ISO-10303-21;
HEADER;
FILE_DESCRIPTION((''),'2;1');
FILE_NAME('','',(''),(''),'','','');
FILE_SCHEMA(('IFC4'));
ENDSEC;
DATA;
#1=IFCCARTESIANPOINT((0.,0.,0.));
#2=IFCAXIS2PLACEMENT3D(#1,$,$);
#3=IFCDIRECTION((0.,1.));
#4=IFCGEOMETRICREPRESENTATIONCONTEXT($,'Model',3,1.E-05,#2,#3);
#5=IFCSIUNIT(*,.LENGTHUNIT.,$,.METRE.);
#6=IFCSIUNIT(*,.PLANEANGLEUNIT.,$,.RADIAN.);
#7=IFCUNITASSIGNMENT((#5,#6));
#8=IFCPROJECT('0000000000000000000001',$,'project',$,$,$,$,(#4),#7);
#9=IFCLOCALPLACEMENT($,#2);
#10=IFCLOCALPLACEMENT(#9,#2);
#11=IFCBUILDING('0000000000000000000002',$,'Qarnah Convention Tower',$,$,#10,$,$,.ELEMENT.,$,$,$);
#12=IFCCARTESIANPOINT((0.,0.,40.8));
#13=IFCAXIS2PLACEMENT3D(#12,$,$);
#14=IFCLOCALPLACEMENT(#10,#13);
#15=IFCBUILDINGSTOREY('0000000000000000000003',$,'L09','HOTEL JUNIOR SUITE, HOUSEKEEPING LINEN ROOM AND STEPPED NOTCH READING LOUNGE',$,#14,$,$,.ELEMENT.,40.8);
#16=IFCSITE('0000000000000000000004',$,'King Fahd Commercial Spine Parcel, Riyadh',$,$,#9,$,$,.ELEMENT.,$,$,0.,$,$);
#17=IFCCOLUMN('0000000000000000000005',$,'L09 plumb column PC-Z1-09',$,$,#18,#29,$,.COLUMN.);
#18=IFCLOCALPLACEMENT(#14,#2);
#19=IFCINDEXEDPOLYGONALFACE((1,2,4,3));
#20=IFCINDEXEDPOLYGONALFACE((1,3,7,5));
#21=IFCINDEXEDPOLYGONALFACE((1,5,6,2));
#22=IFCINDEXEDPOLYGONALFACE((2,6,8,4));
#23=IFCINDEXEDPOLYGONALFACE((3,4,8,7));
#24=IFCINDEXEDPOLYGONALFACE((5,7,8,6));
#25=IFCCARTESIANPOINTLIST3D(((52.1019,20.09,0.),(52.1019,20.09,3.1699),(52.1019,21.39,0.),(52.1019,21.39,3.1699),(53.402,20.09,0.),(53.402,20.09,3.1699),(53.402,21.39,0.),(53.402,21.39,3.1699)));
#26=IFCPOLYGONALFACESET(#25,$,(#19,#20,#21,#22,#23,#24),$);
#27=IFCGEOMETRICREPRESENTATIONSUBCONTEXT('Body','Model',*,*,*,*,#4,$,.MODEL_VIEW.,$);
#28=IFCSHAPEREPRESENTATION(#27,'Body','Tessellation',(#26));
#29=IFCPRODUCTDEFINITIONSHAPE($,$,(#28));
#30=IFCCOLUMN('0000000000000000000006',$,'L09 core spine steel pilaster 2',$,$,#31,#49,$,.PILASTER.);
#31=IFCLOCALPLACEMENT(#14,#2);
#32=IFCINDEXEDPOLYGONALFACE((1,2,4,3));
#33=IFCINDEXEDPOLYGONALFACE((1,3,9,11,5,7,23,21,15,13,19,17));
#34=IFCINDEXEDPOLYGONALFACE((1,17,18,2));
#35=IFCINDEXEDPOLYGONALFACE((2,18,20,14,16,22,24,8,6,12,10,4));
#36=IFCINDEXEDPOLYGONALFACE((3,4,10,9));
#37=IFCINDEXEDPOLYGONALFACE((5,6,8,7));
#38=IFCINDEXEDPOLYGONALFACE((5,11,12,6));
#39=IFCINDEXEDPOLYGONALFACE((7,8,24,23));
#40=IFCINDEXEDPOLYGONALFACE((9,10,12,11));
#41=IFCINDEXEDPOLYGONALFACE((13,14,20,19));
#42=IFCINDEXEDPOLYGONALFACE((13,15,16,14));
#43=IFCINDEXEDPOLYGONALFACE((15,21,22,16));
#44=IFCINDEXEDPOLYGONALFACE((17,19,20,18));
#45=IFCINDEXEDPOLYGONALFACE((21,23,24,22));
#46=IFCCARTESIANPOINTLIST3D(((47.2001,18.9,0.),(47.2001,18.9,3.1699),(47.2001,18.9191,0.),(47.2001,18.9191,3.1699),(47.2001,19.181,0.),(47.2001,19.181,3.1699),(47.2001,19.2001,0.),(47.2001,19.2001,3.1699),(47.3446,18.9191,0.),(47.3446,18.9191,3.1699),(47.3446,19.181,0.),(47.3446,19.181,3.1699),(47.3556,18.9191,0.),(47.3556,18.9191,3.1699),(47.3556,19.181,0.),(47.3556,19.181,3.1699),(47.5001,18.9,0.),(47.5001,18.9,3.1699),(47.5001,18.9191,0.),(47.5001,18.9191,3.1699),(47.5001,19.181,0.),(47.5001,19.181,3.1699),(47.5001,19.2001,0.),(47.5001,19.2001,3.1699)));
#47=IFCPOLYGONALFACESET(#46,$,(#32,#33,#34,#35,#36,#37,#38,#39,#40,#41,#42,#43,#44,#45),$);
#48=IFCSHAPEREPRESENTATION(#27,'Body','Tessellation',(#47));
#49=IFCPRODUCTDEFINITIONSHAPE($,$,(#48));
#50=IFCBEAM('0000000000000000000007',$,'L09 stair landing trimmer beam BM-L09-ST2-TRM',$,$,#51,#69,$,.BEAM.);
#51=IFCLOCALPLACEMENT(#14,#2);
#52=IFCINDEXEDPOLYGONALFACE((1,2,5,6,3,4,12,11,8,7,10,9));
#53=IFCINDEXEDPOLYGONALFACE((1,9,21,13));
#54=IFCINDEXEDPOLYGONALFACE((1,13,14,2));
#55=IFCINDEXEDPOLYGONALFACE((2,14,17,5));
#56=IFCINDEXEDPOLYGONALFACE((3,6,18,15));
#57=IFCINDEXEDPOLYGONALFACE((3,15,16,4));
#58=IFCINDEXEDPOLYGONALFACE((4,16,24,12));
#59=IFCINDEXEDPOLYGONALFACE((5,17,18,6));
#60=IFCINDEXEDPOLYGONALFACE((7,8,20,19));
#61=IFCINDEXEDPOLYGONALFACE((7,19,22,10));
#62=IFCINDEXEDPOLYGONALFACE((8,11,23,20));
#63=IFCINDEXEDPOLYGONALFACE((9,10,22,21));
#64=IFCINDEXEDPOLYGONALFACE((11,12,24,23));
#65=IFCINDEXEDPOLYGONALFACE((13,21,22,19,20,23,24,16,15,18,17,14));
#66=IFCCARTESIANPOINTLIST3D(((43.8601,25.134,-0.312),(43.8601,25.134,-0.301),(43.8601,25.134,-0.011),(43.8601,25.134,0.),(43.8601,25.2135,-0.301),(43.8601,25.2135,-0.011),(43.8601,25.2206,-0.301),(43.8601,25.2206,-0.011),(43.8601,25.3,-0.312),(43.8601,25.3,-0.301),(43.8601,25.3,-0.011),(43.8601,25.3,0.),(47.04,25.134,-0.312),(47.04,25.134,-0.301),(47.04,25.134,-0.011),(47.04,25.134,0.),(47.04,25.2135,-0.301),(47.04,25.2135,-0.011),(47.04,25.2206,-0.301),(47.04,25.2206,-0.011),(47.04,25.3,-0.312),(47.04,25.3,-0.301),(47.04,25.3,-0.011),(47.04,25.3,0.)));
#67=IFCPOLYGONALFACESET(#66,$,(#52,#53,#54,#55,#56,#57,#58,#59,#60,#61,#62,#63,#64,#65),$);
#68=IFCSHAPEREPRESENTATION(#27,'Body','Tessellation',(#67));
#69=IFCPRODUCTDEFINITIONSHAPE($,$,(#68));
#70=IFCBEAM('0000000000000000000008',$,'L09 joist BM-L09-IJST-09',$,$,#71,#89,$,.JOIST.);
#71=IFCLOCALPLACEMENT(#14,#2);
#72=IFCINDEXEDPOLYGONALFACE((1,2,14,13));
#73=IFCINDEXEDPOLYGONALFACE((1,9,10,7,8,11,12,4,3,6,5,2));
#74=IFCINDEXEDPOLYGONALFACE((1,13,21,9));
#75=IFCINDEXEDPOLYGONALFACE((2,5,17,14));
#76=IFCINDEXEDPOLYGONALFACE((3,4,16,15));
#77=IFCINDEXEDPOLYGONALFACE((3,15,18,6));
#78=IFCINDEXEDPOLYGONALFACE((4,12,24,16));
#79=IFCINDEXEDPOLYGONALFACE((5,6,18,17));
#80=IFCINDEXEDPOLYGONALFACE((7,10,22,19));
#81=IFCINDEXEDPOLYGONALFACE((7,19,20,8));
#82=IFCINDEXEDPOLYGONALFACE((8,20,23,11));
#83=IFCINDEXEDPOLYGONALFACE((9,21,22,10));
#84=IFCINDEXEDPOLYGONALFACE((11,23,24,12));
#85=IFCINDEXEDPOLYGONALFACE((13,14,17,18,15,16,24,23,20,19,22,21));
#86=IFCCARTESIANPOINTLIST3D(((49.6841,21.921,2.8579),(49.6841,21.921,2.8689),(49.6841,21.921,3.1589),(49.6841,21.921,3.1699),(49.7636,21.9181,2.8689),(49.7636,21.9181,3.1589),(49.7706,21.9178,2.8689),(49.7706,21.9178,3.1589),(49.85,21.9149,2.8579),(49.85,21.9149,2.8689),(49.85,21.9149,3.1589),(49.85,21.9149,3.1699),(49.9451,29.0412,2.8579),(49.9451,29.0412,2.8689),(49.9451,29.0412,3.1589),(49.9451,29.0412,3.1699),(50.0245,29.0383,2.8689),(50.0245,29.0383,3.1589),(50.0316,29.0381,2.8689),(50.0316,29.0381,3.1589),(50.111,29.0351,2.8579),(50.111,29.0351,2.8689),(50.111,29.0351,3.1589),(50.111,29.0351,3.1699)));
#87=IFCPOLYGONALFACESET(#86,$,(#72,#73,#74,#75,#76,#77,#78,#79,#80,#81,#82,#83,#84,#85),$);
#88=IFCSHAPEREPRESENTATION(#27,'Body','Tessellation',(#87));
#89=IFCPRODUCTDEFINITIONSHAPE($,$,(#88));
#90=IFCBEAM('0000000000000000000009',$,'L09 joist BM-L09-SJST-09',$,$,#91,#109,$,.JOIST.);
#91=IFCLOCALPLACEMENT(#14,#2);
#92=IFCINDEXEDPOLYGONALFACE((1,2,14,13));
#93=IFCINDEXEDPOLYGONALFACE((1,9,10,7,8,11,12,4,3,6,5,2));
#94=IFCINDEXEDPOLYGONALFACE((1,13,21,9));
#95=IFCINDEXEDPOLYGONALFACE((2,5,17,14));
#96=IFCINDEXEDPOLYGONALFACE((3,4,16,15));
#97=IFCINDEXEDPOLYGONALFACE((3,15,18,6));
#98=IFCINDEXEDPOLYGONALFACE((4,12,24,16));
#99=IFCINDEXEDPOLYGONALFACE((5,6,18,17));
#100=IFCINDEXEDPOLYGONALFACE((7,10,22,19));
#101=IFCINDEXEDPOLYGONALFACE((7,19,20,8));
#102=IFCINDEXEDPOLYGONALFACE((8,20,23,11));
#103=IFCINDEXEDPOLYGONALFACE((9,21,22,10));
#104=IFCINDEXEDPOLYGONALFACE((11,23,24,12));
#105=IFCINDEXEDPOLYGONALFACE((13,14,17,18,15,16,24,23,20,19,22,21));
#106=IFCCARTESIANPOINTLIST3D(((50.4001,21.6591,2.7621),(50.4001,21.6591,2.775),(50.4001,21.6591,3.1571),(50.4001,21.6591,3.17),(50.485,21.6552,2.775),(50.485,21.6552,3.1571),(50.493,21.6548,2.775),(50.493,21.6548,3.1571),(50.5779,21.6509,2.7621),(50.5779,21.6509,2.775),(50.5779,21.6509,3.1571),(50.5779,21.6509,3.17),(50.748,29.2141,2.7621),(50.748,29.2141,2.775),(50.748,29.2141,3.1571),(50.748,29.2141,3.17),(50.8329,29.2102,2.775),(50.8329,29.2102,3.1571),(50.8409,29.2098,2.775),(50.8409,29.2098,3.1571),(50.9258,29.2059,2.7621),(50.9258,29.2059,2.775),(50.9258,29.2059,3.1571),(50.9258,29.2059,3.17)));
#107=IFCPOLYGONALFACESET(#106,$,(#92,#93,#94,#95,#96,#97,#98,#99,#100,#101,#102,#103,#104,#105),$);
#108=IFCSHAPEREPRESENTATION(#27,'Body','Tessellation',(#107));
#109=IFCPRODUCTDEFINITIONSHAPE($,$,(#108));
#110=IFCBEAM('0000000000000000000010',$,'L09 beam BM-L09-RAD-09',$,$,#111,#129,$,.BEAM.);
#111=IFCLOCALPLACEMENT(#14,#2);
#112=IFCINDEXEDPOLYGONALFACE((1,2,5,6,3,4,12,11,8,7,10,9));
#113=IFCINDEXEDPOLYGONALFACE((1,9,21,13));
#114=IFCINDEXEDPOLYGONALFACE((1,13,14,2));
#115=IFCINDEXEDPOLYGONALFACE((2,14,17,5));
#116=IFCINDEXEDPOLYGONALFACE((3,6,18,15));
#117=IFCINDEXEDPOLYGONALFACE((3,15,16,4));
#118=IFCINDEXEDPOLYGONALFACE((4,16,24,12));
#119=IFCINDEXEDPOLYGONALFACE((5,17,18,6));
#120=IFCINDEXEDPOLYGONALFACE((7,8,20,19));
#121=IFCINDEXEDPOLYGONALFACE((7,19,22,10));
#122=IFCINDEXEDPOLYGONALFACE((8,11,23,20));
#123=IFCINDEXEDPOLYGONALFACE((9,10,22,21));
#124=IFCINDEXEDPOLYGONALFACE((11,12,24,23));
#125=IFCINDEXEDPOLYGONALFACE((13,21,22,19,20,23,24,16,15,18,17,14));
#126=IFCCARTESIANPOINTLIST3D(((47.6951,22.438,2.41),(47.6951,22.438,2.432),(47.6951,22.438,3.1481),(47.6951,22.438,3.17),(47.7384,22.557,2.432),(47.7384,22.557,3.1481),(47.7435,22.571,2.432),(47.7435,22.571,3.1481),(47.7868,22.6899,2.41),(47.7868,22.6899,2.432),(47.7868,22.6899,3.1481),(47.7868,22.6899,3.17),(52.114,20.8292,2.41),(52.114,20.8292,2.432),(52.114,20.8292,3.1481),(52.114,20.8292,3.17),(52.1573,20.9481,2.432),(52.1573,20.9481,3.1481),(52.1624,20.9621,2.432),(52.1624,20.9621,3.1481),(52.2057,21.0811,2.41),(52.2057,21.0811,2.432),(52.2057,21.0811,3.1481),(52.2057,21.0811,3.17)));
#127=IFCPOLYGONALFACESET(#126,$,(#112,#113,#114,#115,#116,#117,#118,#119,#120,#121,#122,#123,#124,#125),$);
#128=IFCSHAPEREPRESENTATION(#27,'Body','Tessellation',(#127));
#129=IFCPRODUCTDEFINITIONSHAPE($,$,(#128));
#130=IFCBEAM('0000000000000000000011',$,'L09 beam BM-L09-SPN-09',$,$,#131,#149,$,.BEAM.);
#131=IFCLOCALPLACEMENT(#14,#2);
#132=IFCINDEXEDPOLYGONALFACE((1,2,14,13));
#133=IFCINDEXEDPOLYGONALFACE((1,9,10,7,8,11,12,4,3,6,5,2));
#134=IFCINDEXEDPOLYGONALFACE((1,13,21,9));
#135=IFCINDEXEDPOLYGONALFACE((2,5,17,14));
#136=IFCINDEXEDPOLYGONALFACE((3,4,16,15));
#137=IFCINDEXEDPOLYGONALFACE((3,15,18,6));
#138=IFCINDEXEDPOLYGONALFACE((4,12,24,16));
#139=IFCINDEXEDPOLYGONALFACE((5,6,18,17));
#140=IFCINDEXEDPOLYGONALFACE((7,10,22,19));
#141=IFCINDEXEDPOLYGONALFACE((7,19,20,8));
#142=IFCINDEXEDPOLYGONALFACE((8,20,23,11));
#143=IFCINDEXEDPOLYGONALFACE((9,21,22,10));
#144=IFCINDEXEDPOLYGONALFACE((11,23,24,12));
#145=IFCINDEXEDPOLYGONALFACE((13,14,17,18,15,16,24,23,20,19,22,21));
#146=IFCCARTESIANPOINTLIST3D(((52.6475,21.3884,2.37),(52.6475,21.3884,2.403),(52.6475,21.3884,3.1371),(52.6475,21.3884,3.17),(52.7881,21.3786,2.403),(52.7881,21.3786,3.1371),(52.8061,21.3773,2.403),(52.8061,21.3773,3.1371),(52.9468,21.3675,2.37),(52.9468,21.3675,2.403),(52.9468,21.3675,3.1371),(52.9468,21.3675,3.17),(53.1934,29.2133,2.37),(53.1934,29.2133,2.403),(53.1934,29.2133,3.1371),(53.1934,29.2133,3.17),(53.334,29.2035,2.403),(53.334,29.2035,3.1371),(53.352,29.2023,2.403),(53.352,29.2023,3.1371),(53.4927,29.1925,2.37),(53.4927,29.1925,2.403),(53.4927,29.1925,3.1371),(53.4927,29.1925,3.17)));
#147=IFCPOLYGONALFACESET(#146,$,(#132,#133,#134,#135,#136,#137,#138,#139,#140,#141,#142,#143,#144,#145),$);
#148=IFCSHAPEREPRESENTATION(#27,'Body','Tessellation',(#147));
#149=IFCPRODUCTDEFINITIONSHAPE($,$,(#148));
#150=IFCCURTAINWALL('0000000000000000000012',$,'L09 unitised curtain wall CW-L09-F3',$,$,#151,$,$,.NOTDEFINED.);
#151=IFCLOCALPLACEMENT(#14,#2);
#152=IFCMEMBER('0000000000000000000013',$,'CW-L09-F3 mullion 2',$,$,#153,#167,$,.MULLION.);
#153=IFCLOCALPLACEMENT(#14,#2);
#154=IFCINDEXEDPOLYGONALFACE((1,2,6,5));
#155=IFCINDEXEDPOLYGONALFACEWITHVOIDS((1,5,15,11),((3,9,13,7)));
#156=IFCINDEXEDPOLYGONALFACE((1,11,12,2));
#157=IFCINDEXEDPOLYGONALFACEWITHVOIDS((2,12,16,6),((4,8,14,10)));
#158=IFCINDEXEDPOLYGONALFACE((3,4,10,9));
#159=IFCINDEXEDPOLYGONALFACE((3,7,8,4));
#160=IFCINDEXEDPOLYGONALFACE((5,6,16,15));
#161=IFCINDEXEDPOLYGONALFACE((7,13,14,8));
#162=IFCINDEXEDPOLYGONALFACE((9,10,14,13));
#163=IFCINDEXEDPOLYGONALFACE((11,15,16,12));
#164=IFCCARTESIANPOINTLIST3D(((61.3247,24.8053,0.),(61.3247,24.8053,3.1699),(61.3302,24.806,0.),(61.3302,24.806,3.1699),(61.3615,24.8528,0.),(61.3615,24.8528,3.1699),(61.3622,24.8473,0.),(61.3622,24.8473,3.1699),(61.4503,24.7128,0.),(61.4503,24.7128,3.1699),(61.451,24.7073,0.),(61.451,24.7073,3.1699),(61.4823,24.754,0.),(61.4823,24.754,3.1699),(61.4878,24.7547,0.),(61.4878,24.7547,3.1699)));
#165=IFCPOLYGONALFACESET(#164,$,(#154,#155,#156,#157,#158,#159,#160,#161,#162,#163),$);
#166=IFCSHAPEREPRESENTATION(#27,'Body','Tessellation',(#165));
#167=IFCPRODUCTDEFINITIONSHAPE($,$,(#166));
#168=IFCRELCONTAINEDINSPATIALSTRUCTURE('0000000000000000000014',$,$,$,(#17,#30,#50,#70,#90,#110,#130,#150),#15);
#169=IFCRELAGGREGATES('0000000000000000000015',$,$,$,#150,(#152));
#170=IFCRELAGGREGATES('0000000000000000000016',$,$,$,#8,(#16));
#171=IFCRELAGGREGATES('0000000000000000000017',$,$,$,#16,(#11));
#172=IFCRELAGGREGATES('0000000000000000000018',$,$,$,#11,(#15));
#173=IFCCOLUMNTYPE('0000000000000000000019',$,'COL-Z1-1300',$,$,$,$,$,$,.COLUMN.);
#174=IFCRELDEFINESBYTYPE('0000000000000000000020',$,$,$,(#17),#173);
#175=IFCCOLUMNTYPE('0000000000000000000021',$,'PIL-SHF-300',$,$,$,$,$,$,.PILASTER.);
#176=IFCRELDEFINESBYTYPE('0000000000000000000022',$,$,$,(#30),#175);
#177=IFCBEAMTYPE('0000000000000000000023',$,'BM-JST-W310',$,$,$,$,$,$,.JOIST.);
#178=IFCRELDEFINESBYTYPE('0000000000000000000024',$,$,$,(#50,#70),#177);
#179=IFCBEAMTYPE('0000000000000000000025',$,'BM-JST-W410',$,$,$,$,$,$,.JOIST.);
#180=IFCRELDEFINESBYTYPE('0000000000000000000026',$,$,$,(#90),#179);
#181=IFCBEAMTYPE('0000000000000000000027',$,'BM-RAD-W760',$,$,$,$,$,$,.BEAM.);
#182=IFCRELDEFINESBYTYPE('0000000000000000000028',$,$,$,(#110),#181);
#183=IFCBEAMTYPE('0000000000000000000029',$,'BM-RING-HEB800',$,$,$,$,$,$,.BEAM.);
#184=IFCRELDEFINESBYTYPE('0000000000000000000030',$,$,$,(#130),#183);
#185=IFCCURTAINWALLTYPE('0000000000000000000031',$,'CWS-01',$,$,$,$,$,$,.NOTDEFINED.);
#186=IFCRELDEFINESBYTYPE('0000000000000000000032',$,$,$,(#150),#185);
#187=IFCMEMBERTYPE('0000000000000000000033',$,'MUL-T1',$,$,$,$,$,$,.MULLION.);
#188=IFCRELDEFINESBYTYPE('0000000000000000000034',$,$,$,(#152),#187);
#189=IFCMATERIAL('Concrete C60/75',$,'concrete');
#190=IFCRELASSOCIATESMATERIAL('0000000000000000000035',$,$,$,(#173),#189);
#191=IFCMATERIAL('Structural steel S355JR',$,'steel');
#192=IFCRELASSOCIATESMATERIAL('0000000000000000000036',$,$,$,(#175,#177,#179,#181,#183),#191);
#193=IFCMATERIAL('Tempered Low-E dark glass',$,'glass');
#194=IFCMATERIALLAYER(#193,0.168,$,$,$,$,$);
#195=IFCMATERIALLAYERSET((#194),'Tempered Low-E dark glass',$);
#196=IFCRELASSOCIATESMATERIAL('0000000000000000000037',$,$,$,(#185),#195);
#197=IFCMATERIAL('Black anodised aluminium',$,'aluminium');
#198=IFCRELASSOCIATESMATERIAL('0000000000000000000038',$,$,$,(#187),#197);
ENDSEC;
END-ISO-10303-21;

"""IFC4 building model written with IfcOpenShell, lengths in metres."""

from ifc_helpers import new_model, si_unit, direction, frame, origin, origin_2d, place, context, subcontext, project, spatial, rectangle, hollow_rectangle, i_section, extrude, material, layer, layer_set, material_profile, profile_set, type_object, element, aggregate, save


model = new_model("IFC4")

# Units and contexts
model_context = context("Model", 3, precision=1e-05, world=origin(), true_north=direction((0.0, 1.0)))
body_context = subcontext(model_context, "Body", "Model", "MODEL_VIEW")
ifc_project = project(units=[si_unit("LENGTHUNIT", "METRE"), si_unit("PLANEANGLEUNIT", "RADIAN")], contexts=[model_context])

# Site, building, storey
site_placement = place(None, origin())
site = spatial("IfcSite", under=ifc_project, at=site_placement, Name="King Fahd Commercial Spine Parcel, Riyadh", CompositionType="ELEMENT", RefElevation=0.0)
building_placement = place(site_placement, origin())
building = spatial("IfcBuilding", under=site, at=building_placement, Name="Qarnah Convention Tower", CompositionType="ELEMENT")
storey_placement = place(building_placement, frame((0.0, 0.0, 40.8)))
storey = spatial("IfcBuildingStorey", under=building, at=storey_placement, Name="L09", Description="HOTEL JUNIOR SUITE, HOUSEKEEPING LINEN ROOM AND STEPPED NOTCH READING LOUNGE", CompositionType="ELEMENT", Elevation=40.8)

# Columns
ifc_material_1 = material(Name="Concrete C60/75", Category="concrete")
ifc_material_profile_1 = material_profile(ifc_material_1, rectangle(XDim=1.3, YDim=1.3, at=origin_2d()), Name="RC-COL-1300X1300")
ifc_profile_set_1 = profile_set([ifc_material_profile_1], Name="Concrete C60/75")
column_type_1 = type_object("IfcColumnType", Name="COL-Z1-1300", PredefinedType="COLUMN", material=ifc_profile_set_1)
column_1_placement = place(storey_placement, frame((52.752, 20.74, 0.0), z_axis=(0.0, 0.0, 1.0), x_axis=(1.0, 0.0, 0.0)))
element("IfcColumn", 1, at=column_1_placement, inside=storey, type_object=column_type_1, Name="L09 plumb column PC-Z1-09", PredefinedType="COLUMN", context=body_context, shape_type="SweptSolid", body=[
    extrude(rectangle(XDim=1.3, YDim=1.3, at=origin_2d()), origin(), (0.0, 0.0, 1.0), 3.1699),
])
ifc_material_2 = material(Name="Structural steel S355JR", Category="steel")
ifc_material_profile_2 = material_profile(ifc_material_2, i_section(OverallWidth=0.3, OverallDepth=0.3, WebThickness=0.011, FlangeThickness=0.019, at=origin_2d()), Name="HEB300")
ifc_profile_set_2 = profile_set([ifc_material_profile_2], Name="Structural steel S355JR")
column_type_2 = type_object("IfcColumnType", Name="PIL-SHF-300", PredefinedType="PILASTER", material=ifc_profile_set_2)
column_2_placement = place(storey_placement, frame((47.3501, 19.05, 0.0), z_axis=(0.0, 0.0, 1.0), x_axis=(1.0, 0.0, 0.0)))
element("IfcColumn", 2, at=column_2_placement, inside=storey, type_object=column_type_2, Name="L09 core spine steel pilaster 2", PredefinedType="PILASTER", context=body_context, shape_type="SweptSolid", body=[
    extrude(i_section(OverallWidth=0.3, OverallDepth=0.3, WebThickness=0.011, FlangeThickness=0.019, at=origin_2d()), origin(), (0.0, 0.0, 1.0), 3.1699),
])

# Beams
ifc_material_profile_3 = material_profile(ifc_material_2, i_section(OverallWidth=0.166, OverallDepth=0.312, WebThickness=0.0071, FlangeThickness=0.011, at=origin_2d()), Name="W310X45")
ifc_profile_set_3 = profile_set([ifc_material_profile_3], Name="Structural steel S355JR")
beam_type_1 = type_object("IfcBeamType", Name="BM-JST-W310", PredefinedType="JOIST", material=ifc_profile_set_3)
beam_1_placement = place(storey_placement, frame((43.8601, 25.217, -0.156), z_axis=(1.0, 0.0, 0.0), x_axis=(0.0, 1.0, 0.0)))
element("IfcBeam", 3, at=beam_1_placement, inside=storey, type_object=beam_type_1, Name="L09 stair landing trimmer beam BM-L09-ST2-TRM", PredefinedType="BEAM", context=body_context, shape_type="SweptSolid", body=[
    extrude(i_section(OverallWidth=0.166, OverallDepth=0.312, WebThickness=0.0071, FlangeThickness=0.011, at=origin_2d()), origin(), (0.0, 0.0, 1.0), 3.1799),
])
beam_2_placement = place(storey_placement, frame((49.7671, 21.918, 3.0139), z_axis=(0.03663, 0.999329, 0.0), x_axis=(-0.999329, 0.03663, 0.0)))
element("IfcBeam", 4, at=beam_2_placement, inside=storey, type_object=beam_type_1, Name="L09 joist BM-L09-IJST-09", PredefinedType="JOIST", context=body_context, shape_type="SweptSolid", body=[
    extrude(i_section(OverallWidth=0.166, OverallDepth=0.312, WebThickness=0.0071, FlangeThickness=0.011, at=origin_2d()), origin(), (0.0, 0.0, 1.0), 7.125),
])
ifc_material_profile_4 = material_profile(ifc_material_2, i_section(OverallWidth=0.178, OverallDepth=0.408, WebThickness=0.0081, FlangeThickness=0.0129, at=origin_2d()), Name="W410X60")
ifc_profile_set_4 = profile_set([ifc_material_profile_4], Name="Structural steel S355JR")
beam_type_2 = type_object("IfcBeamType", Name="BM-JST-W410", PredefinedType="JOIST", material=ifc_profile_set_4)
beam_3_placement = place(storey_placement, frame((50.489, 21.655, 2.9661), z_axis=(0.046001, 0.998941, 0.0), x_axis=(-0.998941, 0.046001, 0.0)))
element("IfcBeam", 5, at=beam_3_placement, inside=storey, type_object=beam_type_2, Name="L09 joist BM-L09-SJST-09", PredefinedType="JOIST", context=body_context, shape_type="SweptSolid", body=[
    extrude(i_section(OverallWidth=0.178, OverallDepth=0.408, WebThickness=0.0081, FlangeThickness=0.0129, at=origin_2d()), origin(), (0.0, 0.0, 1.0), 7.563),
])
ifc_material_profile_5 = material_profile(ifc_material_2, i_section(OverallWidth=0.2681, OverallDepth=0.76, WebThickness=0.0149, FlangeThickness=0.022, at=origin_2d()), Name="W760X185")
ifc_profile_set_5 = profile_set([ifc_material_profile_5], Name="Structural steel S355JR")
beam_type_3 = type_object("IfcBeamType", Name="BM-RAD-W760", PredefinedType="BEAM", material=ifc_profile_set_5)
beam_4_placement = place(storey_placement, frame((47.741, 22.564, 2.79), z_axis=(0.939657, -0.342118, 0.0), x_axis=(0.342118, 0.939657, 0.0)))
element("IfcBeam", 6, at=beam_4_placement, inside=storey, type_object=beam_type_3, Name="L09 beam BM-L09-RAD-09", PredefinedType="BEAM", context=body_context, shape_type="SweptSolid", body=[
    extrude(i_section(OverallWidth=0.2681, OverallDepth=0.76, WebThickness=0.0149, FlangeThickness=0.022, at=origin_2d()), origin(), (0.0, 0.0, 1.0), 4.7026),
])
ifc_material_profile_6 = material_profile(ifc_material_2, i_section(OverallWidth=0.3, OverallDepth=0.8, WebThickness=0.0181, FlangeThickness=0.033, at=origin_2d()), Name="HEB800")
ifc_profile_set_6 = profile_set([ifc_material_profile_6], Name="Structural steel S355JR")
beam_type_4 = type_object("IfcBeamType", Name="BM-RING-HEB800", PredefinedType="BEAM", material=ifc_profile_set_6)
beam_5_placement = place(storey_placement, frame((52.7971, 21.3779, 2.77), z_axis=(0.069595, 0.997575, 0.0), x_axis=(-0.997575, 0.069595, 0.0)))
element("IfcBeam", 7, at=beam_5_placement, inside=storey, type_object=beam_type_4, Name="L09 beam BM-L09-SPN-09", PredefinedType="BEAM", context=body_context, shape_type="SweptSolid", body=[
    extrude(i_section(OverallWidth=0.3, OverallDepth=0.8, WebThickness=0.0181, FlangeThickness=0.033, at=origin_2d()), origin(), (0.0, 0.0, 1.0), 7.844),
])

# Curtain wall, member
ifc_material_3 = material(Name="Tempered Low-E dark glass", Category="glass")
ifc_layer_1 = layer(ifc_material_3, 0.168)
ifc_layer_set_1 = layer_set([ifc_layer_1], Name="Tempered Low-E dark glass")
curtain_wall_type = type_object("IfcCurtainWallType", Name="CWS-01", PredefinedType="NOTDEFINED", material=ifc_layer_set_1)
curtain_wall_placement = place(storey_placement, origin())
curtain_wall = element("IfcCurtainWall", 8, at=curtain_wall_placement, inside=storey, type_object=curtain_wall_type, Name="L09 unitised curtain wall CW-L09-F3", PredefinedType="NOTDEFINED")
ifc_material_4 = material(Name="Black anodised aluminium", Category="aluminium")
ifc_material_profile_7 = material_profile(ifc_material_4, hollow_rectangle(XDim=0.0601, YDim=0.1599, WallThickness=0.0039, at=origin_2d()), Name="MUL-60X160")
ifc_profile_set_7 = profile_set([ifc_material_profile_7], Name="Black anodised aluminium")
member_type = type_object("IfcMemberType", Name="MUL-T1", PredefinedType="MULLION", material=ifc_profile_set_7)
member_1_placement = place(storey_placement, frame((61.4062, 24.78, 0.0), z_axis=(0.0, 0.0, 1.0), x_axis=(-0.613064, -0.790033, 0.0)))
member_1 = element("IfcMember", 9, at=member_1_placement, type_object=member_type, Name="CW-L09-F3 mullion 2", PredefinedType="MULLION", context=body_context, shape_type="SweptSolid", body=[
    extrude(hollow_rectangle(XDim=0.0601, YDim=0.1599, WallThickness=0.0039, at=origin_2d()), origin(), (0.0, 0.0, 1.0), 3.1699),
])
aggregate(curtain_wall, [member_1])

save(model, "model.ifc")
